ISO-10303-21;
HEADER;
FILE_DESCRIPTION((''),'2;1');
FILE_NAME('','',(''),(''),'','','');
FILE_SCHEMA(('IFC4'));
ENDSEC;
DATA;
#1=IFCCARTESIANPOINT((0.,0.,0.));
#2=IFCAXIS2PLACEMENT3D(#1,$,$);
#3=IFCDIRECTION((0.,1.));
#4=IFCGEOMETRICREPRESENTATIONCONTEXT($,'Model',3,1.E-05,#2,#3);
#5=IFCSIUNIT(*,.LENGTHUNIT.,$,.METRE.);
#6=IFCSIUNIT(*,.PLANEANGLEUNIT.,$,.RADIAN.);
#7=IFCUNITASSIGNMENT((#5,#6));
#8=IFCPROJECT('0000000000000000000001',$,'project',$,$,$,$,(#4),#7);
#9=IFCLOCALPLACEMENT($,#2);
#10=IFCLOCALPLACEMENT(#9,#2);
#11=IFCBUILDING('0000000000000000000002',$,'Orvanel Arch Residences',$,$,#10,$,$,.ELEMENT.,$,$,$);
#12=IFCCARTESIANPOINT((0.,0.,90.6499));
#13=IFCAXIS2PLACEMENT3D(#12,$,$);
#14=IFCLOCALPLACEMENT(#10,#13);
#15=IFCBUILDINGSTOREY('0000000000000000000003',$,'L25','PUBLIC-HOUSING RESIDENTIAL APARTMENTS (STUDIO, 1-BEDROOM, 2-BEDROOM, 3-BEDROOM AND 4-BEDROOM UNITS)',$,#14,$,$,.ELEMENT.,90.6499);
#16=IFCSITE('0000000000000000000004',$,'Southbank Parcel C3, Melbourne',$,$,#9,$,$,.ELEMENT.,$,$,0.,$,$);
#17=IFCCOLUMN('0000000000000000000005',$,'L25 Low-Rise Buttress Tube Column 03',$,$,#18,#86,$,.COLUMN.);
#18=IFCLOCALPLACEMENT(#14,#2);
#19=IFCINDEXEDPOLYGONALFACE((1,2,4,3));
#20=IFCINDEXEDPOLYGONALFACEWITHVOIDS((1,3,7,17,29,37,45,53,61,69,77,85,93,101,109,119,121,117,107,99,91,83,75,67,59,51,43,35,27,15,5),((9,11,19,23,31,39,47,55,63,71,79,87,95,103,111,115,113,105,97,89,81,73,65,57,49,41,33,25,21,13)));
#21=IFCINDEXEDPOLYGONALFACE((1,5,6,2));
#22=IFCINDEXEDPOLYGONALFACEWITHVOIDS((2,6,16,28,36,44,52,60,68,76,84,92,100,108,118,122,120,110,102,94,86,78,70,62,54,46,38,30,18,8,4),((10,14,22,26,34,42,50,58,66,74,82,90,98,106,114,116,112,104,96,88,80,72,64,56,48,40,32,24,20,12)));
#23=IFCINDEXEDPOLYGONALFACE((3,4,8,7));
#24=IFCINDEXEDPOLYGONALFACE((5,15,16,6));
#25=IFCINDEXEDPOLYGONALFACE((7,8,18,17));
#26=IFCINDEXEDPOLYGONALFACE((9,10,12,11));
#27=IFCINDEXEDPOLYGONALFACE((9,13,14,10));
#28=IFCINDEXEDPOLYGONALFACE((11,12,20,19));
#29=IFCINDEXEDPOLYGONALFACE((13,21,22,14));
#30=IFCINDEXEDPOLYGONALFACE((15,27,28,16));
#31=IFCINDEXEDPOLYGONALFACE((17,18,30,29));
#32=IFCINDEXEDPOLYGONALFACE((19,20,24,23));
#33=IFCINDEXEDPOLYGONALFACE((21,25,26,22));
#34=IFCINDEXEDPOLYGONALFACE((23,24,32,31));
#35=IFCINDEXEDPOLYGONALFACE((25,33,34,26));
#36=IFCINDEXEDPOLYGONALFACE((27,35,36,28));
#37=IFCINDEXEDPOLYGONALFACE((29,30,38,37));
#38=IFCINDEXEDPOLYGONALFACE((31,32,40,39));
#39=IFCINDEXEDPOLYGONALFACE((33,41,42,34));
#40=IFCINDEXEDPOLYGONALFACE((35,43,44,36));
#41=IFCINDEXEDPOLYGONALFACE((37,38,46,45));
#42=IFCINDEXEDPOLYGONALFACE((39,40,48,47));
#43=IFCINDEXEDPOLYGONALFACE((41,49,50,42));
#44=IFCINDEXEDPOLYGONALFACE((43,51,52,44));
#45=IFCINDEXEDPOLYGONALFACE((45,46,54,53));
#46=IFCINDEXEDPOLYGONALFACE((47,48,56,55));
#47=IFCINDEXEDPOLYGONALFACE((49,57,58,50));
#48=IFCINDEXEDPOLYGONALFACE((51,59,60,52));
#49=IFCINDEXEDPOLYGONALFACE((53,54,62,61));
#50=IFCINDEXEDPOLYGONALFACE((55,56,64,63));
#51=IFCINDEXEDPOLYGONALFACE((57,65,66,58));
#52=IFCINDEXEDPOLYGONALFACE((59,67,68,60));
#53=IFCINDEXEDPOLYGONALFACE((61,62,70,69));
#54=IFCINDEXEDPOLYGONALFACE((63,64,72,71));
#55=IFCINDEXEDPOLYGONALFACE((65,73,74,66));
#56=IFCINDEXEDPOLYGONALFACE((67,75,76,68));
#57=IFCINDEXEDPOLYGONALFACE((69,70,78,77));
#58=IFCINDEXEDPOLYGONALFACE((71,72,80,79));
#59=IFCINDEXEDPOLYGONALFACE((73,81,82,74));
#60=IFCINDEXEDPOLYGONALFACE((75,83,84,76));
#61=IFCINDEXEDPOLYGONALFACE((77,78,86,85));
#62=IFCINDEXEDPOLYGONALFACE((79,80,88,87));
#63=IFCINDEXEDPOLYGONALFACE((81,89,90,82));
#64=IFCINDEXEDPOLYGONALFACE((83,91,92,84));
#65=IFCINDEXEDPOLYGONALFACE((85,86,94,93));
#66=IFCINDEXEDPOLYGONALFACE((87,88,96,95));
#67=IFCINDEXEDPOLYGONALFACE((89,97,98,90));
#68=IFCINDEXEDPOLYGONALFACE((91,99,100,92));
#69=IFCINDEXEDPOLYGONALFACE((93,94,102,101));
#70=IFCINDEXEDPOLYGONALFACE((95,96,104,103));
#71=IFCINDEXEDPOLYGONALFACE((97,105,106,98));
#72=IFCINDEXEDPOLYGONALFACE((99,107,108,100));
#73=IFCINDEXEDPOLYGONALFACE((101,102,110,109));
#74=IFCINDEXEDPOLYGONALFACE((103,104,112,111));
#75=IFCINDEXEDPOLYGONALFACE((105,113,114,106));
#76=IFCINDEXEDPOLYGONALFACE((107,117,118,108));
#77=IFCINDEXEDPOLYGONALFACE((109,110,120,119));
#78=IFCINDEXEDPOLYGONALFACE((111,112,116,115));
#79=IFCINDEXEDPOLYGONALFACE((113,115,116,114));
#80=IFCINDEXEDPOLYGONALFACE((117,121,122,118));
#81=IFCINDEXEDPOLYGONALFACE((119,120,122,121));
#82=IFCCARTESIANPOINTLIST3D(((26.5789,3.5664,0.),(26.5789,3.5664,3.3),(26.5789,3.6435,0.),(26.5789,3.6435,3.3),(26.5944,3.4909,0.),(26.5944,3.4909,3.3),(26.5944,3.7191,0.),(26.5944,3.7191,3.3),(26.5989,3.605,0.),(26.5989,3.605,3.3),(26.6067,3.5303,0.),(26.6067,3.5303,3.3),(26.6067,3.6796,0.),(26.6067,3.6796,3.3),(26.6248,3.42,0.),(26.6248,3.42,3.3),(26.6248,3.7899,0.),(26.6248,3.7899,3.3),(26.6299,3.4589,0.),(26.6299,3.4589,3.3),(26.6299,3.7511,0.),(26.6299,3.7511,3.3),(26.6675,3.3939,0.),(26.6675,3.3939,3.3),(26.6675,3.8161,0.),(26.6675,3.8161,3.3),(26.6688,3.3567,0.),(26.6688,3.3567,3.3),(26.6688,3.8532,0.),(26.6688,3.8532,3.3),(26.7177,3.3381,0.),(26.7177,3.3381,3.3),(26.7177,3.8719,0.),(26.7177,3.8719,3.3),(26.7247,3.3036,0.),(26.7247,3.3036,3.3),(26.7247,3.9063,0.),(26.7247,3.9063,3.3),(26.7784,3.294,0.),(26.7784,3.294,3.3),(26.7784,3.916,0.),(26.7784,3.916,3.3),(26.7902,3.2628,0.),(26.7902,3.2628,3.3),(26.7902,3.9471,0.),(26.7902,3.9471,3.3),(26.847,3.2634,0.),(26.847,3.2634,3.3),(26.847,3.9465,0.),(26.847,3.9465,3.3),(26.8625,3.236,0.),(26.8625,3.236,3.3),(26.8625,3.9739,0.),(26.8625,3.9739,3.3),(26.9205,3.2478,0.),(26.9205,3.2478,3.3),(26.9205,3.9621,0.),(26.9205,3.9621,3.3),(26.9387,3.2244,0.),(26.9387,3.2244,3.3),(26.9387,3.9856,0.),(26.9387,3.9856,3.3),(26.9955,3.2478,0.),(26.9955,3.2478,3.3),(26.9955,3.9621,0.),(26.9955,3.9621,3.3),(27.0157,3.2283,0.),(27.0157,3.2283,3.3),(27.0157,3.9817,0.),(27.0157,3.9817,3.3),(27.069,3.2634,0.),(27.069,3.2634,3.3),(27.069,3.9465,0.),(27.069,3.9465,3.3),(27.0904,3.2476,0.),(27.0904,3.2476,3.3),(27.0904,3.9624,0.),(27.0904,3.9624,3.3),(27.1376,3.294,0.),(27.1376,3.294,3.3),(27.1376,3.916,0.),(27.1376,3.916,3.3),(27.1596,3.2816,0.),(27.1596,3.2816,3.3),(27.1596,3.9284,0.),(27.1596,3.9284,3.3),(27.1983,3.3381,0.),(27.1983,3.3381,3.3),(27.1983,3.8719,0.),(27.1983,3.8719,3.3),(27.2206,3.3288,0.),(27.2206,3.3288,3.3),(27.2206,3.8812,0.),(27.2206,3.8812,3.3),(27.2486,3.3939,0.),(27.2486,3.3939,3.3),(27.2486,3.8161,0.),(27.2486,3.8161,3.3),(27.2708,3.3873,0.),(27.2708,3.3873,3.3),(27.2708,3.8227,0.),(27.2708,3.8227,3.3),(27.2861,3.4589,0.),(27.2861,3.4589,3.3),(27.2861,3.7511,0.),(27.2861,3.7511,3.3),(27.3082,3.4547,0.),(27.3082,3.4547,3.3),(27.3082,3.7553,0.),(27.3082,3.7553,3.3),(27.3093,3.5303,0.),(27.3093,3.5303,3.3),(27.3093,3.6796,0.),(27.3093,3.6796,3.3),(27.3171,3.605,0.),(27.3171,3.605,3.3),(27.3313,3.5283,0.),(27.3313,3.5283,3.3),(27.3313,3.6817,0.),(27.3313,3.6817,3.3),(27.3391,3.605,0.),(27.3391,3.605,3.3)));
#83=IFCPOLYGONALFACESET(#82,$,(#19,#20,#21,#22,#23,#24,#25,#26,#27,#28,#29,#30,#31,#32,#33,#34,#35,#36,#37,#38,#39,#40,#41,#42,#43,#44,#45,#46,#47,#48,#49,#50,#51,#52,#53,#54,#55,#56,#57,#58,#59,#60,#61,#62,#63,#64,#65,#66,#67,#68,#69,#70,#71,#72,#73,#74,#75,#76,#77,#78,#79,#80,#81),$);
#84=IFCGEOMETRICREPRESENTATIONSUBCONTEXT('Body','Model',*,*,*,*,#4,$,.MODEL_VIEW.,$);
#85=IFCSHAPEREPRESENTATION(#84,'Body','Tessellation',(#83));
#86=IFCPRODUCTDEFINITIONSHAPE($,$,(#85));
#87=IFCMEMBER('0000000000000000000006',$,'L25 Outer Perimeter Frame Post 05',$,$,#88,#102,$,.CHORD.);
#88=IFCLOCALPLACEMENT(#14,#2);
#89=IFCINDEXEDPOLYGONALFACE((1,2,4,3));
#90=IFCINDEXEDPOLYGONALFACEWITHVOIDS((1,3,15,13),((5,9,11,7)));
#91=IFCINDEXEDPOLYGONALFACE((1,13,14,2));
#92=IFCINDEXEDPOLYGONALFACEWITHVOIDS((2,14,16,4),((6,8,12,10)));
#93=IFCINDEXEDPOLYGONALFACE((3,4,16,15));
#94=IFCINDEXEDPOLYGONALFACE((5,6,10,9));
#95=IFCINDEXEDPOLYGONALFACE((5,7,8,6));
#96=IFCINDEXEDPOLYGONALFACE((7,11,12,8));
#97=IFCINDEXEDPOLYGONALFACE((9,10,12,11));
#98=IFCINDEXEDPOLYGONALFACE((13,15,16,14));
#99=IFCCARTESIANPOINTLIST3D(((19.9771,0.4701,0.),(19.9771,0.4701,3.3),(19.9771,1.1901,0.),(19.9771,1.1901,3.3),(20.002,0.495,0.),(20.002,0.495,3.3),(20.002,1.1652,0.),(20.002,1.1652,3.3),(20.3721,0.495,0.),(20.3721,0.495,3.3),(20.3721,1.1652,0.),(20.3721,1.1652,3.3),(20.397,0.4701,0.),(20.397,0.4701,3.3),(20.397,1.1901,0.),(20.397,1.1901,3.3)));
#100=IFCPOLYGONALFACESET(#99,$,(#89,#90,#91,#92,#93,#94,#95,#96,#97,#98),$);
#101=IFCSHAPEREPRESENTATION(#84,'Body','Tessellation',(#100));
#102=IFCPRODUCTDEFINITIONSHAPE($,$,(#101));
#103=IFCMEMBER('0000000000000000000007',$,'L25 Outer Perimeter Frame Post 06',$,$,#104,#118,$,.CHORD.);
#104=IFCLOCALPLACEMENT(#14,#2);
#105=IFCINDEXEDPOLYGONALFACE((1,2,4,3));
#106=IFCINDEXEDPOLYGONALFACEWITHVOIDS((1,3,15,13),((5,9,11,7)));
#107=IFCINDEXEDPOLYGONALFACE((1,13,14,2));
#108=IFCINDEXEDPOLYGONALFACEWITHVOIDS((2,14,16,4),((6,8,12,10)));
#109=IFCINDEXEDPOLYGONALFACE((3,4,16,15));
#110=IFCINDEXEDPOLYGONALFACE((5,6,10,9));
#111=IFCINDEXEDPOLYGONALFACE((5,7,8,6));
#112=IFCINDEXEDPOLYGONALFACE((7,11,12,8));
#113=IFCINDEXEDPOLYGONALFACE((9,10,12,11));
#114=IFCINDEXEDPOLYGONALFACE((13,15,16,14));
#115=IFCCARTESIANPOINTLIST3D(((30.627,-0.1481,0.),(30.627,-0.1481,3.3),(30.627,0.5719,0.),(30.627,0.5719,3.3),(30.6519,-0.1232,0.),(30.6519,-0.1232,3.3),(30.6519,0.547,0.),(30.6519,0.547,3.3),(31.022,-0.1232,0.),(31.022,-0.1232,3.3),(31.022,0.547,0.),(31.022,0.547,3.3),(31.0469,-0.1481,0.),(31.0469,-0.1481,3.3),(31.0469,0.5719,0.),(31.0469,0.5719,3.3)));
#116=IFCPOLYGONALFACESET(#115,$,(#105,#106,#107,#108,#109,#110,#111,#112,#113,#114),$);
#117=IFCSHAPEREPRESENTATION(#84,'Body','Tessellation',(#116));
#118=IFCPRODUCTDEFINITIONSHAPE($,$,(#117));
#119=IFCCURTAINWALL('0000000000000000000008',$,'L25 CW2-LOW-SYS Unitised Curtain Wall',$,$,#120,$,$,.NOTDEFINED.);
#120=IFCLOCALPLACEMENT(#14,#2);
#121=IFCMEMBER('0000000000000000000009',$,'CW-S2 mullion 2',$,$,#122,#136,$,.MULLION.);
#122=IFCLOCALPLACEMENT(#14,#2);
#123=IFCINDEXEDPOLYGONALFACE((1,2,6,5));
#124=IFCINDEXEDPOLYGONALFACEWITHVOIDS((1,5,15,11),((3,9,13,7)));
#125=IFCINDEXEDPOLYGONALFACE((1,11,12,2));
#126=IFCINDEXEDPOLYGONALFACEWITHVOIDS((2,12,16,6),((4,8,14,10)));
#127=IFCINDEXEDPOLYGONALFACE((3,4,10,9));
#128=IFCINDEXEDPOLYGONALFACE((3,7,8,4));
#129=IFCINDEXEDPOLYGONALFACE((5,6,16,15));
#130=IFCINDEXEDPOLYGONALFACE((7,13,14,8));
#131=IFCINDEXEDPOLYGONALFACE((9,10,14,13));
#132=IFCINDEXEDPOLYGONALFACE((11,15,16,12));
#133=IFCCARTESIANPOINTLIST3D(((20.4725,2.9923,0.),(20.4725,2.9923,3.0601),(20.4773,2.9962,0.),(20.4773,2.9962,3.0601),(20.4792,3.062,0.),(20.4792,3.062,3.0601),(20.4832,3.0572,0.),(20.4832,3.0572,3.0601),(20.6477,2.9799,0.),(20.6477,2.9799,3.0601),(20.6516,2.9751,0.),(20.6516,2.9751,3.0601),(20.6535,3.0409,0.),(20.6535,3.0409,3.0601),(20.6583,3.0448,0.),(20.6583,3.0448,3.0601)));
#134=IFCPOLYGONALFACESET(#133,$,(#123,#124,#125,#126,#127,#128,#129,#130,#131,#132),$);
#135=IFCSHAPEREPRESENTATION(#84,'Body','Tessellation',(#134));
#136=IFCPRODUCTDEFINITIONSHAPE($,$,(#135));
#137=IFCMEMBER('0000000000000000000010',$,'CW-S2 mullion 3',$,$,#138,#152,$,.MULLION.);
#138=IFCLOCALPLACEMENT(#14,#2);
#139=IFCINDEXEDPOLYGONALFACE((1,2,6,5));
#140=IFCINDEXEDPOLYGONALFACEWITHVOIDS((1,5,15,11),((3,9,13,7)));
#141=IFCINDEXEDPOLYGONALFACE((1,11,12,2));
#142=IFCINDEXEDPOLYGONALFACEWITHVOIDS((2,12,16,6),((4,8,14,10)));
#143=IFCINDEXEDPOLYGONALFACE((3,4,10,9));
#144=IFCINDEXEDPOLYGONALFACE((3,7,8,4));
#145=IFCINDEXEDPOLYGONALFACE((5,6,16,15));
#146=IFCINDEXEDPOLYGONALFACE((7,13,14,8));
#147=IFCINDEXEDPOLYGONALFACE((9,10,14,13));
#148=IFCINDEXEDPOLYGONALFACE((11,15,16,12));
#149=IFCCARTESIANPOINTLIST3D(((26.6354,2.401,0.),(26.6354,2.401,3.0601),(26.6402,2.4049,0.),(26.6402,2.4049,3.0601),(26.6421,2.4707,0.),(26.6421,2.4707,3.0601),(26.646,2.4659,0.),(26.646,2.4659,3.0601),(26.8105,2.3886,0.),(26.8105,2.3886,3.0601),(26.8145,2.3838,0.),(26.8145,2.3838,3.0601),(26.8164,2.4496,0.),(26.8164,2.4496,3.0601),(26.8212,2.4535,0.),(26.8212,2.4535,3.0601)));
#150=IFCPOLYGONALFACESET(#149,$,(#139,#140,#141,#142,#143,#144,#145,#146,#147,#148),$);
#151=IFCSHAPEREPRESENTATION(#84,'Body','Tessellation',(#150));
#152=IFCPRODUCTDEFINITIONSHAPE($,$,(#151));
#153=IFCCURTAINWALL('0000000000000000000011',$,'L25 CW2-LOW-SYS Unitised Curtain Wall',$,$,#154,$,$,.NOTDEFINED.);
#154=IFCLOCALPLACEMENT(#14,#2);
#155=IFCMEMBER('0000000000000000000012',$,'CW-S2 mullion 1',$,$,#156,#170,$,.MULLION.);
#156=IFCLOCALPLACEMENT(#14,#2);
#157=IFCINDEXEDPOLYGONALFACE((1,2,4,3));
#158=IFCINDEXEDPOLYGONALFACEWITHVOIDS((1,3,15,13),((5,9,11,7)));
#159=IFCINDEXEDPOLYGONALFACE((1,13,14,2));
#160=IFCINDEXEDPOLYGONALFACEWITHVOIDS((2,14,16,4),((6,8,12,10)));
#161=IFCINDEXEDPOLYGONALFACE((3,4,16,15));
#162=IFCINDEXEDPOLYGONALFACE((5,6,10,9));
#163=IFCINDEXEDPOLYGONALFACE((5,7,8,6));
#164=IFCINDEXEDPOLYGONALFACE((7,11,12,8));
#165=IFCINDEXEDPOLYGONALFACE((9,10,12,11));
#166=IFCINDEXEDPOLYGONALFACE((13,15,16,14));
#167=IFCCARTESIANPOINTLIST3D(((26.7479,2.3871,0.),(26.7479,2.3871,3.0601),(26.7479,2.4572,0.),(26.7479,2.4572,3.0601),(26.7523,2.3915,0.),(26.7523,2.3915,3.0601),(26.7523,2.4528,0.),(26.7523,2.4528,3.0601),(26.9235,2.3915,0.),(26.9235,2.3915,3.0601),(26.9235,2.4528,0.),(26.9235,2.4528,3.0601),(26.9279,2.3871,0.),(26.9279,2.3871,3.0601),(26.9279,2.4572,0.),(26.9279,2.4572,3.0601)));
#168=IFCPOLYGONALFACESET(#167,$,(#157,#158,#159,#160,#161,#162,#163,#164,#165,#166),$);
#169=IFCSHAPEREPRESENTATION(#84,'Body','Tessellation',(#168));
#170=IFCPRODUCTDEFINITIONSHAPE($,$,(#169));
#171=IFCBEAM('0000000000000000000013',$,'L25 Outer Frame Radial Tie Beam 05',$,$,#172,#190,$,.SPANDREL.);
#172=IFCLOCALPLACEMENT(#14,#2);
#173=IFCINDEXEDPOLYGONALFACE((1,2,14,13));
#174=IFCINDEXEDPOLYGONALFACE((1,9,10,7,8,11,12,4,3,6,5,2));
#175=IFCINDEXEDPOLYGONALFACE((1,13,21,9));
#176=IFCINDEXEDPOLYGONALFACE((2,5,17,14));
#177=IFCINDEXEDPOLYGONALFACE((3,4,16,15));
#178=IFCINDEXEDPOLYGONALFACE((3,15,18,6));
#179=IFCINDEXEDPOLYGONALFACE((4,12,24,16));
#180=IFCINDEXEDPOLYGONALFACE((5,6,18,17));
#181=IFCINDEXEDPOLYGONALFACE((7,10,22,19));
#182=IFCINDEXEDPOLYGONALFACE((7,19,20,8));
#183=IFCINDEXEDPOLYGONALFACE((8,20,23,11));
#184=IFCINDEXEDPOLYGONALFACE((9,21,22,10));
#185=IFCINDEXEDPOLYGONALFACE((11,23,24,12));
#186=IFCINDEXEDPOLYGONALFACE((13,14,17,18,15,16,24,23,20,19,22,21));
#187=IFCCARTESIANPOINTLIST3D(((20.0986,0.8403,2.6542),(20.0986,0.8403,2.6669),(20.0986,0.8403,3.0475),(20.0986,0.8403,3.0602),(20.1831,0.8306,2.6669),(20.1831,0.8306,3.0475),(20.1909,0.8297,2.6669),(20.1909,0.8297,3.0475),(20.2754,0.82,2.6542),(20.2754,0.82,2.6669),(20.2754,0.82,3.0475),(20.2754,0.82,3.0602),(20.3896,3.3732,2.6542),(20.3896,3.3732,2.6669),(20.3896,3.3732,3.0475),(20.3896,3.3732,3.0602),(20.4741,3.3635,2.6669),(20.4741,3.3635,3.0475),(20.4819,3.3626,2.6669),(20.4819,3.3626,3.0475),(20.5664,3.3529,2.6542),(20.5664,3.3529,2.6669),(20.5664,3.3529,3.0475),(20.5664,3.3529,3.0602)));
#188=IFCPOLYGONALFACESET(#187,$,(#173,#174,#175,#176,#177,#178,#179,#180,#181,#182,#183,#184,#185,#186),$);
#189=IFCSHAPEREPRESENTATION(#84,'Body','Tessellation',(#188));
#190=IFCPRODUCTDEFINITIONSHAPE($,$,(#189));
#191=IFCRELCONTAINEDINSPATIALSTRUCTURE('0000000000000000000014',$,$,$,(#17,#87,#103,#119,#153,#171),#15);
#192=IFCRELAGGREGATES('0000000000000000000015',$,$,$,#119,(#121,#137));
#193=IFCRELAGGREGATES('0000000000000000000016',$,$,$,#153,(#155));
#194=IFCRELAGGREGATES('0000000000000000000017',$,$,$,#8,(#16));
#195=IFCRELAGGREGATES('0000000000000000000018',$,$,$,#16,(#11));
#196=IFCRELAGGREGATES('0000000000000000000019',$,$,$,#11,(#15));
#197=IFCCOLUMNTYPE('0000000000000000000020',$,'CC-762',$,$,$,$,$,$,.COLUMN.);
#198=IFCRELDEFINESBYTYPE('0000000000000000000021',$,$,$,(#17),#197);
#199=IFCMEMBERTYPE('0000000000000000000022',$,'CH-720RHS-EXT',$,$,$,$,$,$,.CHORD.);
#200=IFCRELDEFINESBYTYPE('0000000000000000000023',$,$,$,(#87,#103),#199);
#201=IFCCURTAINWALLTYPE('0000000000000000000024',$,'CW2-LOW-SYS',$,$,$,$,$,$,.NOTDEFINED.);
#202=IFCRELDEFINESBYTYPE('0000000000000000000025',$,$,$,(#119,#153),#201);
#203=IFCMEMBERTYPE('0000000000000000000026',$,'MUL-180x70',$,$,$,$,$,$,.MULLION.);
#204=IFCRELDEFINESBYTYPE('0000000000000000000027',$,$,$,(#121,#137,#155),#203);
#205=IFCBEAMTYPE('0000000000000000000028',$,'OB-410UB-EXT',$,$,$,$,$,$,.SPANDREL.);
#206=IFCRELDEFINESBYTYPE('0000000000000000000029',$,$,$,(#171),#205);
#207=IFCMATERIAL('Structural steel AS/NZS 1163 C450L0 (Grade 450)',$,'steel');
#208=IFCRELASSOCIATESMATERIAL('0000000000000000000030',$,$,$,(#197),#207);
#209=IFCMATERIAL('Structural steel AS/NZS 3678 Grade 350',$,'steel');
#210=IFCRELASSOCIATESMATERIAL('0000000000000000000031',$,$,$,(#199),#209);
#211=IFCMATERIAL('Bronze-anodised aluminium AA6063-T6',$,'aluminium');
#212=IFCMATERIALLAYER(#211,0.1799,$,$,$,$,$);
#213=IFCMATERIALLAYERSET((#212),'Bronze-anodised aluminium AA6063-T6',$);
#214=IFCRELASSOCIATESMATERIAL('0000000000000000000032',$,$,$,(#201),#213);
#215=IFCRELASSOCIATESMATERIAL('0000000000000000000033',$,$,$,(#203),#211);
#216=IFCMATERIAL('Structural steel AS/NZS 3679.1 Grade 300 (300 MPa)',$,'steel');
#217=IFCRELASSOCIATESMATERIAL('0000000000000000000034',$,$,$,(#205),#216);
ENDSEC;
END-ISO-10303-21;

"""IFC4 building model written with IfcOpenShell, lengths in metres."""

from ifc_helpers import new_model, si_unit, direction, frame, origin, origin_2d, place, context, subcontext, project, spatial, hollow_rectangle, hollow_circle, i_section, extrude, material, layer, layer_set, material_profile, profile_set, type_object, element, aggregate, save


model = new_model("IFC4")

# Units and contexts
model_context = context("Model", 3, precision=1e-05, world=origin(), true_north=direction((0.0, 1.0)))
body_context = subcontext(model_context, "Body", "Model", "MODEL_VIEW")
ifc_project = project(units=[si_unit("LENGTHUNIT", "METRE"), si_unit("PLANEANGLEUNIT", "RADIAN")], contexts=[model_context])

# Site, building, storey
site_placement = place(None, origin())
site = spatial("IfcSite", under=ifc_project, at=site_placement, Name="Southbank Parcel C3, Melbourne", CompositionType="ELEMENT", RefElevation=0.0)
building_placement = place(site_placement, origin())
building = spatial("IfcBuilding", under=site, at=building_placement, Name="Orvanel Arch Residences", CompositionType="ELEMENT")
storey_placement = place(building_placement, frame((0.0, 0.0, 90.6499)))
storey = spatial("IfcBuildingStorey", under=building, at=storey_placement, Name="L25", Description="PUBLIC-HOUSING RESIDENTIAL APARTMENTS (STUDIO, 1-BEDROOM, 2-BEDROOM, 3-BEDROOM AND 4-BEDROOM UNITS)", CompositionType="ELEMENT", Elevation=90.6499)

# Column
ifc_material_1 = material(Name="Structural steel AS/NZS 1163 C450L0 (Grade 450)", Category="steel")
ifc_material_profile_1 = material_profile(ifc_material_1, hollow_circle(Radius=0.3811, WallThickness=0.022, at=origin_2d()), Name="CHS762x22")
ifc_profile_set_1 = profile_set([ifc_material_profile_1], Name="Structural steel AS/NZS 1163 C450L0 (Grade 450)")
column_type = type_object("IfcColumnType", Name="CC-762", PredefinedType="COLUMN", material=ifc_profile_set_1)
column_placement = place(storey_placement, frame((26.958, 3.605, 0.0), z_axis=(0.0, 0.0, 1.0), x_axis=(1.0, 0.0, 0.0)))
element("IfcColumn", 1, at=column_placement, inside=storey, type_object=column_type, Name="L25 Low-Rise Buttress Tube Column 03", PredefinedType="COLUMN", context=body_context, shape_type="SweptSolid", body=[
    extrude(hollow_circle(Radius=0.3811, WallThickness=0.022, at=origin_2d()), origin(), (0.0, 0.0, 1.0), 3.3),
])

# Members
ifc_material_2 = material(Name="Structural steel AS/NZS 3678 Grade 350", Category="steel")
ifc_material_profile_2 = material_profile(ifc_material_2, hollow_rectangle(XDim=0.4199, YDim=0.72, WallThickness=0.0249, at=origin_2d()), Name="RHS720x420x25")
ifc_profile_set_2 = profile_set([ifc_material_profile_2], Name="Structural steel AS/NZS 3678 Grade 350")
member_type_1 = type_object("IfcMemberType", Name="CH-720RHS-EXT", PredefinedType="CHORD", material=ifc_profile_set_2)
for number, where, z_axis, x_axis, name in (
    (2, (20.187, 0.8301, 0.0), (0.0, 0.0, 1.0), (1.0, 0.0, 0.0), "L25 Outer Perimeter Frame Post 05"),
    (3, (30.8369, 0.2119, 0.0), (0.0, 0.0, 1.0), (1.0, 0.0, 0.0), "L25 Outer Perimeter Frame Post 06"),
):
    element("IfcMember", number, at=place(storey_placement, frame(where, z_axis=z_axis, x_axis=x_axis)), inside=storey, type_object=member_type_1, Name=name, PredefinedType="CHORD", context=body_context, shape_type="SweptSolid", body=[
        extrude(hollow_rectangle(XDim=0.4199, YDim=0.72, WallThickness=0.0249, at=origin_2d()), origin(), (0.0, 0.0, 1.0), 3.3),
    ])

# Curtain wall, members
ifc_material_3 = material(Name="Bronze-anodised aluminium AA6063-T6", Category="aluminium")
ifc_layer_1 = layer(ifc_material_3, 0.1799)
ifc_layer_set_1 = layer_set([ifc_layer_1], Name="Bronze-anodised aluminium AA6063-T6")
curtain_wall_type = type_object("IfcCurtainWallType", Name="CW2-LOW-SYS", PredefinedType="NOTDEFINED", material=ifc_layer_set_1)
curtain_wall_1_placement = place(storey_placement, origin())
curtain_wall_1 = element("IfcCurtainWall", 4, at=curtain_wall_1_placement, inside=storey, type_object=curtain_wall_type, Name="L25 CW2-LOW-SYS Unitised Curtain Wall", PredefinedType="NOTDEFINED")
ifc_material_profile_3 = material_profile(ifc_material_3, hollow_rectangle(XDim=0.0701, YDim=0.1799, WallThickness=0.0044, at=origin_2d()), Name="ALU180x70x4.5")
ifc_profile_set_3 = profile_set([ifc_material_profile_3], Name="Bronze-anodised aluminium AA6063-T6")
member_type_2 = type_object("IfcMemberType", Name="MUL-180x70", PredefinedType="MULLION", material=ifc_profile_set_3)
member_1_placement = place(storey_placement, frame((20.5654, 3.0186, 0.0), z_axis=(0.0, 0.0, 1.0), x_axis=(0.095487, 0.995431, 0.0)))
member_1 = element("IfcMember", 5, at=member_1_placement, type_object=member_type_2, Name="CW-S2 mullion 2", PredefinedType="MULLION", context=body_context, shape_type="SweptSolid", body=[
    extrude(hollow_rectangle(XDim=0.0701, YDim=0.1799, WallThickness=0.0044, at=origin_2d()), origin(), (0.0, 0.0, 1.0), 3.0601),
])
member_2_placement = place(storey_placement, frame((26.7283, 2.4272, 0.0), z_axis=(0.0, 0.0, 1.0), x_axis=(0.095487, 0.995431, 0.0)))
member_2 = element("IfcMember", 6, at=member_2_placement, type_object=member_type_2, Name="CW-S2 mullion 3", PredefinedType="MULLION", context=body_context, shape_type="SweptSolid", body=[
    extrude(hollow_rectangle(XDim=0.0701, YDim=0.1799, WallThickness=0.0044, at=origin_2d()), origin(), (0.0, 0.0, 1.0), 3.0601),
])

# Curtain wall, member
curtain_wall_2_placement = place(storey_placement, origin())
curtain_wall_2 = element("IfcCurtainWall", 7, at=curtain_wall_2_placement, inside=storey, type_object=curtain_wall_type, Name="L25 CW2-LOW-SYS Unitised Curtain Wall", PredefinedType="NOTDEFINED")
member_3_placement = place(storey_placement, frame((26.8379, 2.4221, 0.0), z_axis=(0.0, 0.0, 1.0), x_axis=(0.0, 1.0, 0.0)))
member_3 = element("IfcMember", 8, at=member_3_placement, type_object=member_type_2, Name="CW-S2 mullion 1", PredefinedType="MULLION", context=body_context, shape_type="SweptSolid", body=[
    extrude(hollow_rectangle(XDim=0.0701, YDim=0.1799, WallThickness=0.0044, at=origin_2d()), origin(), (0.0, 0.0, 1.0), 3.0601),
])

# Beam
ifc_material_4 = material(Name="Structural steel AS/NZS 3679.1 Grade 300 (300 MPa)", Category="steel")
ifc_material_profile_4 = material_profile(ifc_material_4, i_section(OverallWidth=0.178, OverallDepth=0.406, WebThickness=0.0078, FlangeThickness=0.0127, at=origin_2d()), Name="410UB59.7")
ifc_profile_set_4 = profile_set([ifc_material_profile_4], Name="Structural steel AS/NZS 3679.1 Grade 300 (300 MPa)")
beam_type_1 = type_object("IfcBeamType", Name="OB-410UB-EXT", PredefinedType="SPANDREL", material=ifc_profile_set_4)
beam_1_placement = place(storey_placement, frame((20.478, 3.363, 2.8572), z_axis=(-0.114141, -0.993465, 0.0), x_axis=(0.993465, -0.114141, 0.0)))
element("IfcBeam", 9, at=beam_1_placement, inside=storey, type_object=beam_type_1, Name="L25 Outer Frame Radial Tie Beam 05", PredefinedType="SPANDREL", context=body_context, shape_type="SweptSolid", body=[
    extrude(i_section(OverallWidth=0.178, OverallDepth=0.406, WebThickness=0.0078, FlangeThickness=0.0127, at=origin_2d()), origin(), (0.0, 0.0, 1.0), 2.5496),
])

aggregate(curtain_wall_1, [member_1, member_2])
aggregate(curtain_wall_2, [member_3])

save(model, "model.ifc")
